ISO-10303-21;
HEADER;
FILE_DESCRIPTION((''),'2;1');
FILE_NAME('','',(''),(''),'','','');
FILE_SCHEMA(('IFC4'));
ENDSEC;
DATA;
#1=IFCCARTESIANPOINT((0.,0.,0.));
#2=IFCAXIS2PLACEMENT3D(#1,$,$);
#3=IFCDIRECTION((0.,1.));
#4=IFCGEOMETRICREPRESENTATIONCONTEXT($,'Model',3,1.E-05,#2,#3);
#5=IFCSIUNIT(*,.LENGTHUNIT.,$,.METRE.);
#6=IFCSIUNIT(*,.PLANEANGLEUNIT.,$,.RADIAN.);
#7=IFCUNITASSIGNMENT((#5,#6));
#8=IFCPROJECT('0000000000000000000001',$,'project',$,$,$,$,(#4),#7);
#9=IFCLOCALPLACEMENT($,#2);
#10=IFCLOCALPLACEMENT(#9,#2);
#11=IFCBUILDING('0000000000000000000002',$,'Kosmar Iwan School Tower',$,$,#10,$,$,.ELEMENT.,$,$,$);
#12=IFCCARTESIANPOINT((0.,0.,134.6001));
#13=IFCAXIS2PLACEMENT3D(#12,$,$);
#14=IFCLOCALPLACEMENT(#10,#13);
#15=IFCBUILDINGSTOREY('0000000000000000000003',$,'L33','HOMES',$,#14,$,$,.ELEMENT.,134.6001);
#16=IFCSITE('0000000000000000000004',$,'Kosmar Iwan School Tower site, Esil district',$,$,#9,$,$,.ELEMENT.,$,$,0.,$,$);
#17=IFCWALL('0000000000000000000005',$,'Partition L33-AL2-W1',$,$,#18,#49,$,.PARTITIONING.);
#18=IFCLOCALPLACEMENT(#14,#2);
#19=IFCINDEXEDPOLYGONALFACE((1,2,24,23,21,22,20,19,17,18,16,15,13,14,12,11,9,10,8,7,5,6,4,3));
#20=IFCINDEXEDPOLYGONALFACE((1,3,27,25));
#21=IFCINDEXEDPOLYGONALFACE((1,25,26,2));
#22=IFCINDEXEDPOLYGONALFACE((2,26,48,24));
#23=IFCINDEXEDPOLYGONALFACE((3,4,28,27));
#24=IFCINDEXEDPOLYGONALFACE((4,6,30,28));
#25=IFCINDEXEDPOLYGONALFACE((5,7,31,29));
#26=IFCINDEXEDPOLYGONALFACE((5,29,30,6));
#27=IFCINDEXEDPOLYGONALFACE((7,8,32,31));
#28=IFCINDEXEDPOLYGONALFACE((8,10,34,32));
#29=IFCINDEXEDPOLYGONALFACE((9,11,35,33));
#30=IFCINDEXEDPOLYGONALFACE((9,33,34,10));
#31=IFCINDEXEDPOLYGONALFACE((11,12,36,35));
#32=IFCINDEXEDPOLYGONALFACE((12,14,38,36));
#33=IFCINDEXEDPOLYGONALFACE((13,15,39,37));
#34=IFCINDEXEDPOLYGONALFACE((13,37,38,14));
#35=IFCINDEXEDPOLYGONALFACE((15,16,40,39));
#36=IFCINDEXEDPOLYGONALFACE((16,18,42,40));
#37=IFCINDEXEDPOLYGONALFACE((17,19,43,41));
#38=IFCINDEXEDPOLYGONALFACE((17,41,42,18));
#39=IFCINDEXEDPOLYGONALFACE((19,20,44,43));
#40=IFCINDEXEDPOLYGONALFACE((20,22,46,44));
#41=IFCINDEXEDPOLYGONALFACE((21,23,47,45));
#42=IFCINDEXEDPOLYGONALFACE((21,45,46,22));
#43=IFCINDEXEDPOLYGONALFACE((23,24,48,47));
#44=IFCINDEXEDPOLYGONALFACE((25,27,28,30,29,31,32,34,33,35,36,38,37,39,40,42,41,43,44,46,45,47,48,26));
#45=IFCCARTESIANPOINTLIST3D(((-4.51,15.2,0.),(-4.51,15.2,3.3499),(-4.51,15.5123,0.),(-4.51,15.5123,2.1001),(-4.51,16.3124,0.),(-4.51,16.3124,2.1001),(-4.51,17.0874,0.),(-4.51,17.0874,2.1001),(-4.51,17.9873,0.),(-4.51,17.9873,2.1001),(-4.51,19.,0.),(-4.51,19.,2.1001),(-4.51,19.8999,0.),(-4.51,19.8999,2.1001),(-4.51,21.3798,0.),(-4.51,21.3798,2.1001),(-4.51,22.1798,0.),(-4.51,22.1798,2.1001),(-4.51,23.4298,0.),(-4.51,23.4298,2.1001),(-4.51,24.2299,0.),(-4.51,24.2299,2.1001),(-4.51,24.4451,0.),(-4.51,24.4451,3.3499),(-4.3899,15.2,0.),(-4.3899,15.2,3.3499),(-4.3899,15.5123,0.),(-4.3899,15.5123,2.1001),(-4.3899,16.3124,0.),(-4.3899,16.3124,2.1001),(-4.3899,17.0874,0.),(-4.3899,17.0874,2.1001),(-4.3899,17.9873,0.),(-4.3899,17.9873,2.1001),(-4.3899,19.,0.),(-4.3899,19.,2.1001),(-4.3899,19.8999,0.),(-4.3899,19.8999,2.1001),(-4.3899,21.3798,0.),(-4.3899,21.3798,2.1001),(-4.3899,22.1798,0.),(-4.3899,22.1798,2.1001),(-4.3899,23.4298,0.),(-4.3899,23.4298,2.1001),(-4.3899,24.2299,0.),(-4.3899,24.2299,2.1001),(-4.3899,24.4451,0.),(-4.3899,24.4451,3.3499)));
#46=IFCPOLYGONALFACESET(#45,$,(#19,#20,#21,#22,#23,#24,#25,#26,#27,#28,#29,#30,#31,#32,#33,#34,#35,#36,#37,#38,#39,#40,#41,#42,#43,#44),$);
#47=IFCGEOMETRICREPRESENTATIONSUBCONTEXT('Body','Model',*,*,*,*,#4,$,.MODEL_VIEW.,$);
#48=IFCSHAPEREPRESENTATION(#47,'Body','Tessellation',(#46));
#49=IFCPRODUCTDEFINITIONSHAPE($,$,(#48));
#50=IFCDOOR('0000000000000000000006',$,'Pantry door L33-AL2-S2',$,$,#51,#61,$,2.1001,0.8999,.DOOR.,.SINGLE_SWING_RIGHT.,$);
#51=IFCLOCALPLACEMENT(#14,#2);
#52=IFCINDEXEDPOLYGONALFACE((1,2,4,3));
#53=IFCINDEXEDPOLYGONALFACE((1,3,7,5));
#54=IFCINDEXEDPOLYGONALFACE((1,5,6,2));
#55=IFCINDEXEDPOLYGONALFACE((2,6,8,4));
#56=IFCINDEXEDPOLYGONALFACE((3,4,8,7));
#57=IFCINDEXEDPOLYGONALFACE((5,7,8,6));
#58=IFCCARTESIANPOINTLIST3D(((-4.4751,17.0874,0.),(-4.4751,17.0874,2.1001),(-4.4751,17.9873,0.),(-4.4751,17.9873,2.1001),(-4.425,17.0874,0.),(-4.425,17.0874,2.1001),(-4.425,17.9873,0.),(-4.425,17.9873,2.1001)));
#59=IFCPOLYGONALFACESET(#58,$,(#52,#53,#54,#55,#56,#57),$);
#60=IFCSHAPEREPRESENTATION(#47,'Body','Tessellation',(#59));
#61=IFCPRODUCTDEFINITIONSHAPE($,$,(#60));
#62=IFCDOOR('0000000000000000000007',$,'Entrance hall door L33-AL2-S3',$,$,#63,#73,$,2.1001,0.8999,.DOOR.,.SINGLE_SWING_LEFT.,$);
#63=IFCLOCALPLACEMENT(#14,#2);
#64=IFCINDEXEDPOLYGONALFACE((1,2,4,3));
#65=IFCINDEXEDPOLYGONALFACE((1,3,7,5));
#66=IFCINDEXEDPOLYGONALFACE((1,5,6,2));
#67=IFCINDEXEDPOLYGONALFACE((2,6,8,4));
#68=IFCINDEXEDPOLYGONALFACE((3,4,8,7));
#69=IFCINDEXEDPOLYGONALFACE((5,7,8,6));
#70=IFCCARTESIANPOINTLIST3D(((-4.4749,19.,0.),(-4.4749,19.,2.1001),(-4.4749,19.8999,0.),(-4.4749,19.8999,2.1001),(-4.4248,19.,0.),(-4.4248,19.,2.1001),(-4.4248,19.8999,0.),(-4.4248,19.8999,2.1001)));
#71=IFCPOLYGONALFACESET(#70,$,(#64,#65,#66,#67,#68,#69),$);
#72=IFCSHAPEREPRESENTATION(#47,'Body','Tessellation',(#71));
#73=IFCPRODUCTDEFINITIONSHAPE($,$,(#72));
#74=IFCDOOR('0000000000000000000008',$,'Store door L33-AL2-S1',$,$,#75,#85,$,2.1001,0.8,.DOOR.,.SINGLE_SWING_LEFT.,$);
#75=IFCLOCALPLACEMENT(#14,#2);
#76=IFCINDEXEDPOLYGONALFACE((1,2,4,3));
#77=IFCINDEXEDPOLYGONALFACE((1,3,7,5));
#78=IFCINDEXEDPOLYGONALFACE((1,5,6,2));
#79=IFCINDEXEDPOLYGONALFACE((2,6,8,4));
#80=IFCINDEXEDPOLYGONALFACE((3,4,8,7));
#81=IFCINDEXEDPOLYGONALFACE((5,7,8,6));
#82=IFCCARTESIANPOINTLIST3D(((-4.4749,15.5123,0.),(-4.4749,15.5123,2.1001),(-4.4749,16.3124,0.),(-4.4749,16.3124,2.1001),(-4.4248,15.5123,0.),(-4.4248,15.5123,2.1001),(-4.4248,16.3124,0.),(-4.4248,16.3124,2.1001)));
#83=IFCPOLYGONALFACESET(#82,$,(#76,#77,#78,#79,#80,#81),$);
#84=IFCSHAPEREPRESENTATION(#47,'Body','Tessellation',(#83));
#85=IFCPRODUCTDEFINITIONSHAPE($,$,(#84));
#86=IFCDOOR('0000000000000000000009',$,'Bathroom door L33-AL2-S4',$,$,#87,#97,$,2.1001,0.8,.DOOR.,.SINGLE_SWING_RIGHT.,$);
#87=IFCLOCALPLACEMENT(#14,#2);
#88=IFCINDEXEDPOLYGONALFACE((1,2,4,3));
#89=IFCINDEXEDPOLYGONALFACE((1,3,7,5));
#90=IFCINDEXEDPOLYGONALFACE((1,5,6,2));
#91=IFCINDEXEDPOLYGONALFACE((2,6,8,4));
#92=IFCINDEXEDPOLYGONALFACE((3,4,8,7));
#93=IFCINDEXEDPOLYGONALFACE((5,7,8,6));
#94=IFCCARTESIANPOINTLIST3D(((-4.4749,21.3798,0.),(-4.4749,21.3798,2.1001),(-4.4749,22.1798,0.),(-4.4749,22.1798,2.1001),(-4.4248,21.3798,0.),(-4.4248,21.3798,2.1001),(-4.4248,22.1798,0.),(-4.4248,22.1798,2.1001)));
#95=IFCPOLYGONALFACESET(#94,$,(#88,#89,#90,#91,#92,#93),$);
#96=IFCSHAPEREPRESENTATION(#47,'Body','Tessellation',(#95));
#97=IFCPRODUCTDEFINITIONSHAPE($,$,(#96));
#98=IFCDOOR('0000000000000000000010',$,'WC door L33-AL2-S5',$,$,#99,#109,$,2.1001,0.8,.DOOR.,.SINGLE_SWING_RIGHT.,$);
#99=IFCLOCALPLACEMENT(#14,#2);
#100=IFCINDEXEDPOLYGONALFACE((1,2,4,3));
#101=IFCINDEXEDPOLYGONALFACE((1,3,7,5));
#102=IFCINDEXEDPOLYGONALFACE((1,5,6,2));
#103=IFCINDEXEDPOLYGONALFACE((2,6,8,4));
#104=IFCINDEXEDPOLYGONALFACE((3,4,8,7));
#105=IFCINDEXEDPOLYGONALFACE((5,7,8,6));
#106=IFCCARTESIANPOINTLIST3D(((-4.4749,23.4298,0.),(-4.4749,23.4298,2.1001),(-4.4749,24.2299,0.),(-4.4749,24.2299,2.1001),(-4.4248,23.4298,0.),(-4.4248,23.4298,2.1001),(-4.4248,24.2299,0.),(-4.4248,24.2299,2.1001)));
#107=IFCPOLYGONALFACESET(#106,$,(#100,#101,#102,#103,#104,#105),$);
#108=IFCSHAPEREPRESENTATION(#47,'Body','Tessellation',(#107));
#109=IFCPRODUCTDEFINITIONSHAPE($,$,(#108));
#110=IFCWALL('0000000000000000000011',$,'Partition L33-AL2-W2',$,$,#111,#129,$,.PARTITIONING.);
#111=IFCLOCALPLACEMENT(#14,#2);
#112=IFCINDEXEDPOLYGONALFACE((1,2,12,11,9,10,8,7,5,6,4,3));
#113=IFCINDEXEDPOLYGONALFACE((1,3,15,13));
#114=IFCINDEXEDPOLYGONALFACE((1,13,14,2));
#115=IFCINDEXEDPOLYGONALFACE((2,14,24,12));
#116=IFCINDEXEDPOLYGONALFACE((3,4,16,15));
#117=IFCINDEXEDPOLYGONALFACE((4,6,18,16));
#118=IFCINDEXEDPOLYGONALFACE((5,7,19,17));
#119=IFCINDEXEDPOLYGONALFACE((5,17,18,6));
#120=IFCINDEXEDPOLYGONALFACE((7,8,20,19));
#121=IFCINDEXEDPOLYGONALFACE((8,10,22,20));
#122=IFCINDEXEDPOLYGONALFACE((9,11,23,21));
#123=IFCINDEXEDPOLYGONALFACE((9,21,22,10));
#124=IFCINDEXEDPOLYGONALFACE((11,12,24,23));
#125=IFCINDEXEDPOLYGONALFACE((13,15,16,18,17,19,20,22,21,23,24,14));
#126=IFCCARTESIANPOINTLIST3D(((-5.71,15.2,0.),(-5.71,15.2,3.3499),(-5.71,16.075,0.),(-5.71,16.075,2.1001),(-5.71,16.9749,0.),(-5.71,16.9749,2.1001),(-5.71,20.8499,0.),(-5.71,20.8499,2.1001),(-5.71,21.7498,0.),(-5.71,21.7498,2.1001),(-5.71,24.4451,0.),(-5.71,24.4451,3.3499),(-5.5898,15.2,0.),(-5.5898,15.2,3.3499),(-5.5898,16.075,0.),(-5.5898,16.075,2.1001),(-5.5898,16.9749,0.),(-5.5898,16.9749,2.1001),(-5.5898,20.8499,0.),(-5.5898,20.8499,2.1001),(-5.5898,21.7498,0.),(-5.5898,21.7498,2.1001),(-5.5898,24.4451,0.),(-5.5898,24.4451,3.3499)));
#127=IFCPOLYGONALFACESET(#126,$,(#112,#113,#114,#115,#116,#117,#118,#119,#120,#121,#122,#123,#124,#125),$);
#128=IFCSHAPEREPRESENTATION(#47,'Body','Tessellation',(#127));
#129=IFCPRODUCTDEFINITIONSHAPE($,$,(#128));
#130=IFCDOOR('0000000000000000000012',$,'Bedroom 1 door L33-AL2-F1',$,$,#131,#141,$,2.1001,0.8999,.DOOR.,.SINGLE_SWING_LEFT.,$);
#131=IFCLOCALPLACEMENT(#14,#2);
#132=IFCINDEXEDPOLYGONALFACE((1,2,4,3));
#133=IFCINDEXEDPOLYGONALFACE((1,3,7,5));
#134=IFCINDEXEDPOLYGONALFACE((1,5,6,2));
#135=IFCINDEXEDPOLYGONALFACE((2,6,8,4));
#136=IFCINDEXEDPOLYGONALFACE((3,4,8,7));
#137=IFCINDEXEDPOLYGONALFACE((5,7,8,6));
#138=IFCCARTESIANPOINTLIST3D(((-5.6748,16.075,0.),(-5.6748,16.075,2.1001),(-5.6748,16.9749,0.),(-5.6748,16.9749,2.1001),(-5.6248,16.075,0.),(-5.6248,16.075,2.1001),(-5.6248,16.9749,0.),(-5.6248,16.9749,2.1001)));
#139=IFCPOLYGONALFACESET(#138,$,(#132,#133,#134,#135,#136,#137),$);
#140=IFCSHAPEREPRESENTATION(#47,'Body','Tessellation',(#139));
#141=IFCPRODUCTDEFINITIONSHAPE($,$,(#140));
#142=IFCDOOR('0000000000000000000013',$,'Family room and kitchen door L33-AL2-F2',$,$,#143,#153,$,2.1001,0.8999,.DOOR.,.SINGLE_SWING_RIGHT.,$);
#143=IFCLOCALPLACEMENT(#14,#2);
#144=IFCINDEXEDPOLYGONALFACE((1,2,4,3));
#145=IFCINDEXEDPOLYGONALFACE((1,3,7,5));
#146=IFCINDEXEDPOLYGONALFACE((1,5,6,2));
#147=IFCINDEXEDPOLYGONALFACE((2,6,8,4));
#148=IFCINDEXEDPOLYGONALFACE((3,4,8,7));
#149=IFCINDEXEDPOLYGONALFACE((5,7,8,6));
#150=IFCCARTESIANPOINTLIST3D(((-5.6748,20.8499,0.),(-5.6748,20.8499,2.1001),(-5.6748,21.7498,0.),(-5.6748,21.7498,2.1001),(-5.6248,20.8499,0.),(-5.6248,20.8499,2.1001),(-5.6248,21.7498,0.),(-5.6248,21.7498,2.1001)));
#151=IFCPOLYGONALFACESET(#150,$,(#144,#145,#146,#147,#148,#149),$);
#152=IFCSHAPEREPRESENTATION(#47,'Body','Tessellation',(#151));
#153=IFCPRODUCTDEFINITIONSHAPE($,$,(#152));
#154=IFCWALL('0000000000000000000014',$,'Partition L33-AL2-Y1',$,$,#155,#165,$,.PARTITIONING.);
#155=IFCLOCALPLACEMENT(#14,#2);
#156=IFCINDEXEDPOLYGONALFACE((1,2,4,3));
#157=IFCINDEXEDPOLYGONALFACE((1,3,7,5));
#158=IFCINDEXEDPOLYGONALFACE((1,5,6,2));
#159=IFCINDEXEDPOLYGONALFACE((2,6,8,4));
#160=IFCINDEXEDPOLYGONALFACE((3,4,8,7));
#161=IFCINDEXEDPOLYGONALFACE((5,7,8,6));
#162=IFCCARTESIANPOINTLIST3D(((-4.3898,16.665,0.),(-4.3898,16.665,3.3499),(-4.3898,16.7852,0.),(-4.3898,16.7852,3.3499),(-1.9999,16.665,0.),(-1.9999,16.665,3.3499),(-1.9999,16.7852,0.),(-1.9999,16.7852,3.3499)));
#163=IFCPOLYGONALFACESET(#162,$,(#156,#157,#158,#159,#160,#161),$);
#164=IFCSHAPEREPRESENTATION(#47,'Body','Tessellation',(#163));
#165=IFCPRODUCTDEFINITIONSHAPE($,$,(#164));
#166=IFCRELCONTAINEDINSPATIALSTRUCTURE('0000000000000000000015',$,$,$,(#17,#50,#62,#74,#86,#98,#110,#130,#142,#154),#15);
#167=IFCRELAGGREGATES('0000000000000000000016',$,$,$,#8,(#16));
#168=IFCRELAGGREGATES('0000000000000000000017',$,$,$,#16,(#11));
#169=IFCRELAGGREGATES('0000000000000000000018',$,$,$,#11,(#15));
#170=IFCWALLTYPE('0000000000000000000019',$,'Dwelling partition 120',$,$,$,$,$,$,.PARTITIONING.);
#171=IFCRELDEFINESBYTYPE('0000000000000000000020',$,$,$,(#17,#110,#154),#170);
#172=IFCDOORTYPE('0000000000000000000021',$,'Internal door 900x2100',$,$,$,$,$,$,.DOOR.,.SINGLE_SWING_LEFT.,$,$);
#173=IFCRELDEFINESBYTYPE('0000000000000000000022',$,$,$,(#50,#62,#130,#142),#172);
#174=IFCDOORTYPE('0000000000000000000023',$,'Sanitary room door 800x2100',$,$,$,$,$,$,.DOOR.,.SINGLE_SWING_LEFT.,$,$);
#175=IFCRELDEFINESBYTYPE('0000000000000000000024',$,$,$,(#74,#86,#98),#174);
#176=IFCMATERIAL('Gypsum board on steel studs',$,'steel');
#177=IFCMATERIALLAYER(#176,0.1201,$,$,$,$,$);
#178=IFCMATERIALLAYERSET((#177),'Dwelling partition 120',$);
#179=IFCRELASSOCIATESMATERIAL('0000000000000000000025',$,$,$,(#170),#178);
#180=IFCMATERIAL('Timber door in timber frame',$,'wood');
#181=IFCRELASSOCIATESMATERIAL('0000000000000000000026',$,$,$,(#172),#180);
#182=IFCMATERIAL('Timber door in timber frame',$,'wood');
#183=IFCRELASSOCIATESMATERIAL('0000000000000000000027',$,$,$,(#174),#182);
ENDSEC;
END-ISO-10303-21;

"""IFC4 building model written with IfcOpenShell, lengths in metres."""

from ifc_helpers import new_model, si_unit, direction, frame, frame_2d, origin, place, context, subcontext, project, spatial, rectangle, extrude, material, layer, layer_set, type_object, element, fill, save


model = new_model("IFC4")

# Units and contexts
model_context = context("Model", 3, precision=1e-05, world=origin(), true_north=direction((0.0, 1.0)))
body_context = subcontext(model_context, "Body", "Model", "MODEL_VIEW")
ifc_project = project(units=[si_unit("LENGTHUNIT", "METRE"), si_unit("PLANEANGLEUNIT", "RADIAN")], contexts=[model_context])

# Site, building, storey
site_placement = place(None, origin())
site = spatial("IfcSite", under=ifc_project, at=site_placement, Name="Kosmar Iwan School Tower site, Esil district", CompositionType="ELEMENT", RefElevation=0.0)
building_placement = place(site_placement, origin())
building = spatial("IfcBuilding", under=site, at=building_placement, Name="Kosmar Iwan School Tower", CompositionType="ELEMENT")
storey_placement = place(building_placement, frame((0.0, 0.0, 134.6001)))
storey = spatial("IfcBuildingStorey", under=building, at=storey_placement, Name="L33", Description="HOMES", CompositionType="ELEMENT", Elevation=134.6001)

# Shared definitions
ifc_material_1 = material(Name="Gypsum board on steel studs", Category="steel")
ifc_layer_1 = layer(ifc_material_1, 0.1201)
ifc_layer_set_1 = layer_set([ifc_layer_1], Name="Dwelling partition 120")
wall_type_1 = type_object("IfcWallType", Name="Dwelling partition 120", PredefinedType="PARTITIONING", material=ifc_layer_set_1)
ifc_material_2 = material(Name="Timber door in timber frame", Category="wood")
door_type_1 = type_object("IfcDoorType", Name="Internal door 900x2100", OperationType="SINGLE_SWING_LEFT", PredefinedType="DOOR", material=ifc_material_2)
ifc_material_3 = material(Name="Timber door in timber frame", Category="wood")
door_type_2 = type_object("IfcDoorType", Name="Sanitary room door 800x2100", OperationType="SINGLE_SWING_LEFT", PredefinedType="DOOR", material=ifc_material_3)

# Walls, openings, doors
wall_1_placement = place(storey_placement, frame((-4.45, 15.2, 0.0), z_axis=(0.0, 0.0, 1.0), x_axis=(0.0, 1.0, 0.0)))
wall_1 = element("IfcWall", 1, at=wall_1_placement, inside=storey, type_object=wall_type_1, Name="Partition L33-AL2-W1", PredefinedType="PARTITIONING", context=body_context, shape_type="SweptSolid", body=[
    extrude(rectangle(XDim=9.2451, YDim=0.1201, at=frame_2d((4.6226, 0.0))), origin(), (0.0, 0.0, 1.0), 3.3499),
])
opening_1_placement = place(wall_1_placement, frame((0.3125, 0.0, 0.0)))
opening_1 = element("IfcOpeningElement", 2, at=opening_1_placement, cuts=wall_1, PredefinedType="OPENING", context=body_context, shape_type="SweptSolid", body=[
    extrude(rectangle(XDim=0.8, YDim=2.1001, at=frame_2d((0.3999, 1.05))), frame((0.0, 0.072, 0.0), z_axis=(0.0, -1.0, 0.0), x_axis=(1.0, 0.0, 0.0)), (0.0, 0.0, 1.0), 0.144),
])
opening_2_placement = place(wall_1_placement, frame((1.8875, 0.0, 0.0)))
opening_2 = element("IfcOpeningElement", 3, at=opening_2_placement, cuts=wall_1, PredefinedType="OPENING", context=body_context, shape_type="SweptSolid", body=[
    extrude(rectangle(XDim=0.8999, YDim=2.1001, at=frame_2d((0.45, 1.05))), frame((0.0, 0.072, 0.0), z_axis=(0.0, -1.0, 0.0), x_axis=(1.0, 0.0, 0.0)), (0.0, 0.0, 1.0), 0.144),
])
opening_3_placement = place(wall_1_placement, frame((3.8, 0.0, 0.0)))
opening_3 = element("IfcOpeningElement", 4, at=opening_3_placement, cuts=wall_1, PredefinedType="OPENING", context=body_context, shape_type="SweptSolid", body=[
    extrude(rectangle(XDim=0.8999, YDim=2.1001, at=frame_2d((0.45, 1.05))), frame((0.0, 0.072, 0.0), z_axis=(0.0, -1.0, 0.0), x_axis=(1.0, 0.0, 0.0)), (0.0, 0.0, 1.0), 0.144),
])
opening_4_placement = place(wall_1_placement, frame((6.1799, 0.0, 0.0)))
opening_4 = element("IfcOpeningElement", 5, at=opening_4_placement, cuts=wall_1, PredefinedType="OPENING", context=body_context, shape_type="SweptSolid", body=[
    extrude(rectangle(XDim=0.8, YDim=2.1001, at=frame_2d((0.3999, 1.05))), frame((0.0, 0.072, 0.0), z_axis=(0.0, -1.0, 0.0), x_axis=(1.0, 0.0, 0.0)), (0.0, 0.0, 1.0), 0.144),
])
opening_5_placement = place(wall_1_placement, frame((8.23, 0.0, 0.0)))
opening_5 = element("IfcOpeningElement", 6, at=opening_5_placement, cuts=wall_1, PredefinedType="OPENING", context=body_context, shape_type="SweptSolid", body=[
    extrude(rectangle(XDim=0.8, YDim=2.1001, at=frame_2d((0.3999, 1.05))), frame((0.0, 0.072, 0.0), z_axis=(0.0, -1.0, 0.0), x_axis=(1.0, 0.0, 0.0)), (0.0, 0.0, 1.0), 0.144),
])
door_1_placement = place(opening_2_placement, frame((0.8999, 0.0, 0.0), z_axis=(0.0, 0.0, 1.0), x_axis=(-1.0, 0.0, 0.0)))
door_1 = element("IfcDoor", 7, at=door_1_placement, inside=storey, type_object=door_type_1, Name="Pantry door L33-AL2-S2", OperationType="SINGLE_SWING_RIGHT", OverallHeight=2.1001, OverallWidth=0.8999, PredefinedType="DOOR", context=body_context, shape_type="SweptSolid", body=[
    extrude(rectangle(XDim=0.8999, YDim=2.1001, at=frame_2d((0.45, 1.05))), frame((0.0, 0.0249, 0.0), z_axis=(0.0, -1.0, 0.0), x_axis=(1.0, 0.0, 0.0)), (0.0, 0.0, 1.0), 0.05),
])
fill(opening_2, door_1)
door_2_placement = place(opening_3_placement, origin())
door_2 = element("IfcDoor", 8, at=door_2_placement, inside=storey, type_object=door_type_1, Name="Entrance hall door L33-AL2-S3", OperationType="SINGLE_SWING_LEFT", OverallHeight=2.1001, OverallWidth=0.8999, PredefinedType="DOOR", context=body_context, shape_type="SweptSolid", body=[
    extrude(rectangle(XDim=0.8999, YDim=2.1001, at=frame_2d((0.45, 1.05))), frame((0.0, 0.0249, 0.0), z_axis=(0.0, -1.0, 0.0), x_axis=(1.0, 0.0, 0.0)), (0.0, 0.0, 1.0), 0.05),
])
fill(opening_3, door_2)
door_3_placement = place(opening_1_placement, origin())
door_3 = element("IfcDoor", 9, at=door_3_placement, inside=storey, type_object=door_type_2, Name="Store door L33-AL2-S1", OperationType="SINGLE_SWING_LEFT", OverallHeight=2.1001, OverallWidth=0.8, PredefinedType="DOOR", context=body_context, shape_type="SweptSolid", body=[
    extrude(rectangle(XDim=0.8, YDim=2.1001, at=frame_2d((0.3999, 1.05))), frame((0.0, 0.0249, 0.0), z_axis=(0.0, -1.0, 0.0), x_axis=(1.0, 0.0, 0.0)), (0.0, 0.0, 1.0), 0.05),
])
fill(opening_1, door_3)
door_4_placement = place(opening_4_placement, origin())
door_4 = element("IfcDoor", 10, at=door_4_placement, inside=storey, type_object=door_type_2, Name="Bathroom door L33-AL2-S4", OperationType="SINGLE_SWING_RIGHT", OverallHeight=2.1001, OverallWidth=0.8, PredefinedType="DOOR", context=body_context, shape_type="SweptSolid", body=[
    extrude(rectangle(XDim=0.8, YDim=2.1001, at=frame_2d((0.3999, 1.05))), frame((0.0, 0.0249, 0.0), z_axis=(0.0, -1.0, 0.0), x_axis=(1.0, 0.0, 0.0)), (0.0, 0.0, 1.0), 0.05),
])
fill(opening_4, door_4)
door_5_placement = place(opening_5_placement, origin())
door_5 = element("IfcDoor", 11, at=door_5_placement, inside=storey, type_object=door_type_2, Name="WC door L33-AL2-S5", OperationType="SINGLE_SWING_RIGHT", OverallHeight=2.1001, OverallWidth=0.8, PredefinedType="DOOR", context=body_context, shape_type="SweptSolid", body=[
    extrude(rectangle(XDim=0.8, YDim=2.1001, at=frame_2d((0.3999, 1.05))), frame((0.0, 0.0249, 0.0), z_axis=(0.0, -1.0, 0.0), x_axis=(1.0, 0.0, 0.0)), (0.0, 0.0, 1.0), 0.05),
])
fill(opening_5, door_5)
wall_2_placement = place(storey_placement, frame((-5.6499, 15.2, 0.0), z_axis=(0.0, 0.0, 1.0), x_axis=(0.0, 1.0, 0.0)))
wall_2 = element("IfcWall", 12, at=wall_2_placement, inside=storey, type_object=wall_type_1, Name="Partition L33-AL2-W2", PredefinedType="PARTITIONING", context=body_context, shape_type="SweptSolid", body=[
    extrude(rectangle(XDim=9.2451, YDim=0.1201, at=frame_2d((4.6226, 0.0))), origin(), (0.0, 0.0, 1.0), 3.3499),
])
opening_6_placement = place(wall_2_placement, frame((0.875, 0.0, 0.0)))
opening_6 = element("IfcOpeningElement", 13, at=opening_6_placement, cuts=wall_2, PredefinedType="OPENING", context=body_context, shape_type="SweptSolid", body=[
    extrude(rectangle(XDim=0.8999, YDim=2.1001, at=frame_2d((0.45, 1.05))), frame((0.0, 0.072, 0.0), z_axis=(0.0, -1.0, 0.0), x_axis=(1.0, 0.0, 0.0)), (0.0, 0.0, 1.0), 0.144),
])
opening_7_placement = place(wall_2_placement, frame((5.6499, 0.0, 0.0)))
opening_7 = element("IfcOpeningElement", 14, at=opening_7_placement, cuts=wall_2, PredefinedType="OPENING", context=body_context, shape_type="SweptSolid", body=[
    extrude(rectangle(XDim=0.8999, YDim=2.1001, at=frame_2d((0.45, 1.05))), frame((0.0, 0.072, 0.0), z_axis=(0.0, -1.0, 0.0), x_axis=(1.0, 0.0, 0.0)), (0.0, 0.0, 1.0), 0.144),
])
door_6_placement = place(opening_6_placement, origin())
door_6 = element("IfcDoor", 15, at=door_6_placement, inside=storey, type_object=door_type_1, Name="Bedroom 1 door L33-AL2-F1", OperationType="SINGLE_SWING_LEFT", OverallHeight=2.1001, OverallWidth=0.8999, PredefinedType="DOOR", context=body_context, shape_type="SweptSolid", body=[
    extrude(rectangle(XDim=0.8999, YDim=2.1001, at=frame_2d((0.45, 1.05))), frame((0.0, 0.0249, 0.0), z_axis=(0.0, -1.0, 0.0), x_axis=(1.0, 0.0, 0.0)), (0.0, 0.0, 1.0), 0.05),
])
fill(opening_6, door_6)
door_7_placement = place(opening_7_placement, origin())
door_7 = element("IfcDoor", 16, at=door_7_placement, inside=storey, type_object=door_type_1, Name="Family room and kitchen door L33-AL2-F2", OperationType="SINGLE_SWING_RIGHT", OverallHeight=2.1001, OverallWidth=0.8999, PredefinedType="DOOR", context=body_context, shape_type="SweptSolid", body=[
    extrude(rectangle(XDim=0.8999, YDim=2.1001, at=frame_2d((0.45, 1.05))), frame((0.0, 0.0249, 0.0), z_axis=(0.0, -1.0, 0.0), x_axis=(1.0, 0.0, 0.0)), (0.0, 0.0, 1.0), 0.05),
])
fill(opening_7, door_7)

# Wall
wall_3_placement = place(storey_placement, frame((-2.0, 16.7251, 0.0), z_axis=(0.0, 0.0, 1.0), x_axis=(-1.0, 0.0, 0.0)))
element("IfcWall", 17, at=wall_3_placement, inside=storey, type_object=wall_type_1, Name="Partition L33-AL2-Y1", PredefinedType="PARTITIONING", context=body_context, shape_type="SweptSolid", body=[
    extrude(rectangle(XDim=2.3899, YDim=0.1201, at=frame_2d((1.1948, 0.0))), origin(), (0.0, 0.0, 1.0), 3.3499),
])

save(model, "model.ifc")
